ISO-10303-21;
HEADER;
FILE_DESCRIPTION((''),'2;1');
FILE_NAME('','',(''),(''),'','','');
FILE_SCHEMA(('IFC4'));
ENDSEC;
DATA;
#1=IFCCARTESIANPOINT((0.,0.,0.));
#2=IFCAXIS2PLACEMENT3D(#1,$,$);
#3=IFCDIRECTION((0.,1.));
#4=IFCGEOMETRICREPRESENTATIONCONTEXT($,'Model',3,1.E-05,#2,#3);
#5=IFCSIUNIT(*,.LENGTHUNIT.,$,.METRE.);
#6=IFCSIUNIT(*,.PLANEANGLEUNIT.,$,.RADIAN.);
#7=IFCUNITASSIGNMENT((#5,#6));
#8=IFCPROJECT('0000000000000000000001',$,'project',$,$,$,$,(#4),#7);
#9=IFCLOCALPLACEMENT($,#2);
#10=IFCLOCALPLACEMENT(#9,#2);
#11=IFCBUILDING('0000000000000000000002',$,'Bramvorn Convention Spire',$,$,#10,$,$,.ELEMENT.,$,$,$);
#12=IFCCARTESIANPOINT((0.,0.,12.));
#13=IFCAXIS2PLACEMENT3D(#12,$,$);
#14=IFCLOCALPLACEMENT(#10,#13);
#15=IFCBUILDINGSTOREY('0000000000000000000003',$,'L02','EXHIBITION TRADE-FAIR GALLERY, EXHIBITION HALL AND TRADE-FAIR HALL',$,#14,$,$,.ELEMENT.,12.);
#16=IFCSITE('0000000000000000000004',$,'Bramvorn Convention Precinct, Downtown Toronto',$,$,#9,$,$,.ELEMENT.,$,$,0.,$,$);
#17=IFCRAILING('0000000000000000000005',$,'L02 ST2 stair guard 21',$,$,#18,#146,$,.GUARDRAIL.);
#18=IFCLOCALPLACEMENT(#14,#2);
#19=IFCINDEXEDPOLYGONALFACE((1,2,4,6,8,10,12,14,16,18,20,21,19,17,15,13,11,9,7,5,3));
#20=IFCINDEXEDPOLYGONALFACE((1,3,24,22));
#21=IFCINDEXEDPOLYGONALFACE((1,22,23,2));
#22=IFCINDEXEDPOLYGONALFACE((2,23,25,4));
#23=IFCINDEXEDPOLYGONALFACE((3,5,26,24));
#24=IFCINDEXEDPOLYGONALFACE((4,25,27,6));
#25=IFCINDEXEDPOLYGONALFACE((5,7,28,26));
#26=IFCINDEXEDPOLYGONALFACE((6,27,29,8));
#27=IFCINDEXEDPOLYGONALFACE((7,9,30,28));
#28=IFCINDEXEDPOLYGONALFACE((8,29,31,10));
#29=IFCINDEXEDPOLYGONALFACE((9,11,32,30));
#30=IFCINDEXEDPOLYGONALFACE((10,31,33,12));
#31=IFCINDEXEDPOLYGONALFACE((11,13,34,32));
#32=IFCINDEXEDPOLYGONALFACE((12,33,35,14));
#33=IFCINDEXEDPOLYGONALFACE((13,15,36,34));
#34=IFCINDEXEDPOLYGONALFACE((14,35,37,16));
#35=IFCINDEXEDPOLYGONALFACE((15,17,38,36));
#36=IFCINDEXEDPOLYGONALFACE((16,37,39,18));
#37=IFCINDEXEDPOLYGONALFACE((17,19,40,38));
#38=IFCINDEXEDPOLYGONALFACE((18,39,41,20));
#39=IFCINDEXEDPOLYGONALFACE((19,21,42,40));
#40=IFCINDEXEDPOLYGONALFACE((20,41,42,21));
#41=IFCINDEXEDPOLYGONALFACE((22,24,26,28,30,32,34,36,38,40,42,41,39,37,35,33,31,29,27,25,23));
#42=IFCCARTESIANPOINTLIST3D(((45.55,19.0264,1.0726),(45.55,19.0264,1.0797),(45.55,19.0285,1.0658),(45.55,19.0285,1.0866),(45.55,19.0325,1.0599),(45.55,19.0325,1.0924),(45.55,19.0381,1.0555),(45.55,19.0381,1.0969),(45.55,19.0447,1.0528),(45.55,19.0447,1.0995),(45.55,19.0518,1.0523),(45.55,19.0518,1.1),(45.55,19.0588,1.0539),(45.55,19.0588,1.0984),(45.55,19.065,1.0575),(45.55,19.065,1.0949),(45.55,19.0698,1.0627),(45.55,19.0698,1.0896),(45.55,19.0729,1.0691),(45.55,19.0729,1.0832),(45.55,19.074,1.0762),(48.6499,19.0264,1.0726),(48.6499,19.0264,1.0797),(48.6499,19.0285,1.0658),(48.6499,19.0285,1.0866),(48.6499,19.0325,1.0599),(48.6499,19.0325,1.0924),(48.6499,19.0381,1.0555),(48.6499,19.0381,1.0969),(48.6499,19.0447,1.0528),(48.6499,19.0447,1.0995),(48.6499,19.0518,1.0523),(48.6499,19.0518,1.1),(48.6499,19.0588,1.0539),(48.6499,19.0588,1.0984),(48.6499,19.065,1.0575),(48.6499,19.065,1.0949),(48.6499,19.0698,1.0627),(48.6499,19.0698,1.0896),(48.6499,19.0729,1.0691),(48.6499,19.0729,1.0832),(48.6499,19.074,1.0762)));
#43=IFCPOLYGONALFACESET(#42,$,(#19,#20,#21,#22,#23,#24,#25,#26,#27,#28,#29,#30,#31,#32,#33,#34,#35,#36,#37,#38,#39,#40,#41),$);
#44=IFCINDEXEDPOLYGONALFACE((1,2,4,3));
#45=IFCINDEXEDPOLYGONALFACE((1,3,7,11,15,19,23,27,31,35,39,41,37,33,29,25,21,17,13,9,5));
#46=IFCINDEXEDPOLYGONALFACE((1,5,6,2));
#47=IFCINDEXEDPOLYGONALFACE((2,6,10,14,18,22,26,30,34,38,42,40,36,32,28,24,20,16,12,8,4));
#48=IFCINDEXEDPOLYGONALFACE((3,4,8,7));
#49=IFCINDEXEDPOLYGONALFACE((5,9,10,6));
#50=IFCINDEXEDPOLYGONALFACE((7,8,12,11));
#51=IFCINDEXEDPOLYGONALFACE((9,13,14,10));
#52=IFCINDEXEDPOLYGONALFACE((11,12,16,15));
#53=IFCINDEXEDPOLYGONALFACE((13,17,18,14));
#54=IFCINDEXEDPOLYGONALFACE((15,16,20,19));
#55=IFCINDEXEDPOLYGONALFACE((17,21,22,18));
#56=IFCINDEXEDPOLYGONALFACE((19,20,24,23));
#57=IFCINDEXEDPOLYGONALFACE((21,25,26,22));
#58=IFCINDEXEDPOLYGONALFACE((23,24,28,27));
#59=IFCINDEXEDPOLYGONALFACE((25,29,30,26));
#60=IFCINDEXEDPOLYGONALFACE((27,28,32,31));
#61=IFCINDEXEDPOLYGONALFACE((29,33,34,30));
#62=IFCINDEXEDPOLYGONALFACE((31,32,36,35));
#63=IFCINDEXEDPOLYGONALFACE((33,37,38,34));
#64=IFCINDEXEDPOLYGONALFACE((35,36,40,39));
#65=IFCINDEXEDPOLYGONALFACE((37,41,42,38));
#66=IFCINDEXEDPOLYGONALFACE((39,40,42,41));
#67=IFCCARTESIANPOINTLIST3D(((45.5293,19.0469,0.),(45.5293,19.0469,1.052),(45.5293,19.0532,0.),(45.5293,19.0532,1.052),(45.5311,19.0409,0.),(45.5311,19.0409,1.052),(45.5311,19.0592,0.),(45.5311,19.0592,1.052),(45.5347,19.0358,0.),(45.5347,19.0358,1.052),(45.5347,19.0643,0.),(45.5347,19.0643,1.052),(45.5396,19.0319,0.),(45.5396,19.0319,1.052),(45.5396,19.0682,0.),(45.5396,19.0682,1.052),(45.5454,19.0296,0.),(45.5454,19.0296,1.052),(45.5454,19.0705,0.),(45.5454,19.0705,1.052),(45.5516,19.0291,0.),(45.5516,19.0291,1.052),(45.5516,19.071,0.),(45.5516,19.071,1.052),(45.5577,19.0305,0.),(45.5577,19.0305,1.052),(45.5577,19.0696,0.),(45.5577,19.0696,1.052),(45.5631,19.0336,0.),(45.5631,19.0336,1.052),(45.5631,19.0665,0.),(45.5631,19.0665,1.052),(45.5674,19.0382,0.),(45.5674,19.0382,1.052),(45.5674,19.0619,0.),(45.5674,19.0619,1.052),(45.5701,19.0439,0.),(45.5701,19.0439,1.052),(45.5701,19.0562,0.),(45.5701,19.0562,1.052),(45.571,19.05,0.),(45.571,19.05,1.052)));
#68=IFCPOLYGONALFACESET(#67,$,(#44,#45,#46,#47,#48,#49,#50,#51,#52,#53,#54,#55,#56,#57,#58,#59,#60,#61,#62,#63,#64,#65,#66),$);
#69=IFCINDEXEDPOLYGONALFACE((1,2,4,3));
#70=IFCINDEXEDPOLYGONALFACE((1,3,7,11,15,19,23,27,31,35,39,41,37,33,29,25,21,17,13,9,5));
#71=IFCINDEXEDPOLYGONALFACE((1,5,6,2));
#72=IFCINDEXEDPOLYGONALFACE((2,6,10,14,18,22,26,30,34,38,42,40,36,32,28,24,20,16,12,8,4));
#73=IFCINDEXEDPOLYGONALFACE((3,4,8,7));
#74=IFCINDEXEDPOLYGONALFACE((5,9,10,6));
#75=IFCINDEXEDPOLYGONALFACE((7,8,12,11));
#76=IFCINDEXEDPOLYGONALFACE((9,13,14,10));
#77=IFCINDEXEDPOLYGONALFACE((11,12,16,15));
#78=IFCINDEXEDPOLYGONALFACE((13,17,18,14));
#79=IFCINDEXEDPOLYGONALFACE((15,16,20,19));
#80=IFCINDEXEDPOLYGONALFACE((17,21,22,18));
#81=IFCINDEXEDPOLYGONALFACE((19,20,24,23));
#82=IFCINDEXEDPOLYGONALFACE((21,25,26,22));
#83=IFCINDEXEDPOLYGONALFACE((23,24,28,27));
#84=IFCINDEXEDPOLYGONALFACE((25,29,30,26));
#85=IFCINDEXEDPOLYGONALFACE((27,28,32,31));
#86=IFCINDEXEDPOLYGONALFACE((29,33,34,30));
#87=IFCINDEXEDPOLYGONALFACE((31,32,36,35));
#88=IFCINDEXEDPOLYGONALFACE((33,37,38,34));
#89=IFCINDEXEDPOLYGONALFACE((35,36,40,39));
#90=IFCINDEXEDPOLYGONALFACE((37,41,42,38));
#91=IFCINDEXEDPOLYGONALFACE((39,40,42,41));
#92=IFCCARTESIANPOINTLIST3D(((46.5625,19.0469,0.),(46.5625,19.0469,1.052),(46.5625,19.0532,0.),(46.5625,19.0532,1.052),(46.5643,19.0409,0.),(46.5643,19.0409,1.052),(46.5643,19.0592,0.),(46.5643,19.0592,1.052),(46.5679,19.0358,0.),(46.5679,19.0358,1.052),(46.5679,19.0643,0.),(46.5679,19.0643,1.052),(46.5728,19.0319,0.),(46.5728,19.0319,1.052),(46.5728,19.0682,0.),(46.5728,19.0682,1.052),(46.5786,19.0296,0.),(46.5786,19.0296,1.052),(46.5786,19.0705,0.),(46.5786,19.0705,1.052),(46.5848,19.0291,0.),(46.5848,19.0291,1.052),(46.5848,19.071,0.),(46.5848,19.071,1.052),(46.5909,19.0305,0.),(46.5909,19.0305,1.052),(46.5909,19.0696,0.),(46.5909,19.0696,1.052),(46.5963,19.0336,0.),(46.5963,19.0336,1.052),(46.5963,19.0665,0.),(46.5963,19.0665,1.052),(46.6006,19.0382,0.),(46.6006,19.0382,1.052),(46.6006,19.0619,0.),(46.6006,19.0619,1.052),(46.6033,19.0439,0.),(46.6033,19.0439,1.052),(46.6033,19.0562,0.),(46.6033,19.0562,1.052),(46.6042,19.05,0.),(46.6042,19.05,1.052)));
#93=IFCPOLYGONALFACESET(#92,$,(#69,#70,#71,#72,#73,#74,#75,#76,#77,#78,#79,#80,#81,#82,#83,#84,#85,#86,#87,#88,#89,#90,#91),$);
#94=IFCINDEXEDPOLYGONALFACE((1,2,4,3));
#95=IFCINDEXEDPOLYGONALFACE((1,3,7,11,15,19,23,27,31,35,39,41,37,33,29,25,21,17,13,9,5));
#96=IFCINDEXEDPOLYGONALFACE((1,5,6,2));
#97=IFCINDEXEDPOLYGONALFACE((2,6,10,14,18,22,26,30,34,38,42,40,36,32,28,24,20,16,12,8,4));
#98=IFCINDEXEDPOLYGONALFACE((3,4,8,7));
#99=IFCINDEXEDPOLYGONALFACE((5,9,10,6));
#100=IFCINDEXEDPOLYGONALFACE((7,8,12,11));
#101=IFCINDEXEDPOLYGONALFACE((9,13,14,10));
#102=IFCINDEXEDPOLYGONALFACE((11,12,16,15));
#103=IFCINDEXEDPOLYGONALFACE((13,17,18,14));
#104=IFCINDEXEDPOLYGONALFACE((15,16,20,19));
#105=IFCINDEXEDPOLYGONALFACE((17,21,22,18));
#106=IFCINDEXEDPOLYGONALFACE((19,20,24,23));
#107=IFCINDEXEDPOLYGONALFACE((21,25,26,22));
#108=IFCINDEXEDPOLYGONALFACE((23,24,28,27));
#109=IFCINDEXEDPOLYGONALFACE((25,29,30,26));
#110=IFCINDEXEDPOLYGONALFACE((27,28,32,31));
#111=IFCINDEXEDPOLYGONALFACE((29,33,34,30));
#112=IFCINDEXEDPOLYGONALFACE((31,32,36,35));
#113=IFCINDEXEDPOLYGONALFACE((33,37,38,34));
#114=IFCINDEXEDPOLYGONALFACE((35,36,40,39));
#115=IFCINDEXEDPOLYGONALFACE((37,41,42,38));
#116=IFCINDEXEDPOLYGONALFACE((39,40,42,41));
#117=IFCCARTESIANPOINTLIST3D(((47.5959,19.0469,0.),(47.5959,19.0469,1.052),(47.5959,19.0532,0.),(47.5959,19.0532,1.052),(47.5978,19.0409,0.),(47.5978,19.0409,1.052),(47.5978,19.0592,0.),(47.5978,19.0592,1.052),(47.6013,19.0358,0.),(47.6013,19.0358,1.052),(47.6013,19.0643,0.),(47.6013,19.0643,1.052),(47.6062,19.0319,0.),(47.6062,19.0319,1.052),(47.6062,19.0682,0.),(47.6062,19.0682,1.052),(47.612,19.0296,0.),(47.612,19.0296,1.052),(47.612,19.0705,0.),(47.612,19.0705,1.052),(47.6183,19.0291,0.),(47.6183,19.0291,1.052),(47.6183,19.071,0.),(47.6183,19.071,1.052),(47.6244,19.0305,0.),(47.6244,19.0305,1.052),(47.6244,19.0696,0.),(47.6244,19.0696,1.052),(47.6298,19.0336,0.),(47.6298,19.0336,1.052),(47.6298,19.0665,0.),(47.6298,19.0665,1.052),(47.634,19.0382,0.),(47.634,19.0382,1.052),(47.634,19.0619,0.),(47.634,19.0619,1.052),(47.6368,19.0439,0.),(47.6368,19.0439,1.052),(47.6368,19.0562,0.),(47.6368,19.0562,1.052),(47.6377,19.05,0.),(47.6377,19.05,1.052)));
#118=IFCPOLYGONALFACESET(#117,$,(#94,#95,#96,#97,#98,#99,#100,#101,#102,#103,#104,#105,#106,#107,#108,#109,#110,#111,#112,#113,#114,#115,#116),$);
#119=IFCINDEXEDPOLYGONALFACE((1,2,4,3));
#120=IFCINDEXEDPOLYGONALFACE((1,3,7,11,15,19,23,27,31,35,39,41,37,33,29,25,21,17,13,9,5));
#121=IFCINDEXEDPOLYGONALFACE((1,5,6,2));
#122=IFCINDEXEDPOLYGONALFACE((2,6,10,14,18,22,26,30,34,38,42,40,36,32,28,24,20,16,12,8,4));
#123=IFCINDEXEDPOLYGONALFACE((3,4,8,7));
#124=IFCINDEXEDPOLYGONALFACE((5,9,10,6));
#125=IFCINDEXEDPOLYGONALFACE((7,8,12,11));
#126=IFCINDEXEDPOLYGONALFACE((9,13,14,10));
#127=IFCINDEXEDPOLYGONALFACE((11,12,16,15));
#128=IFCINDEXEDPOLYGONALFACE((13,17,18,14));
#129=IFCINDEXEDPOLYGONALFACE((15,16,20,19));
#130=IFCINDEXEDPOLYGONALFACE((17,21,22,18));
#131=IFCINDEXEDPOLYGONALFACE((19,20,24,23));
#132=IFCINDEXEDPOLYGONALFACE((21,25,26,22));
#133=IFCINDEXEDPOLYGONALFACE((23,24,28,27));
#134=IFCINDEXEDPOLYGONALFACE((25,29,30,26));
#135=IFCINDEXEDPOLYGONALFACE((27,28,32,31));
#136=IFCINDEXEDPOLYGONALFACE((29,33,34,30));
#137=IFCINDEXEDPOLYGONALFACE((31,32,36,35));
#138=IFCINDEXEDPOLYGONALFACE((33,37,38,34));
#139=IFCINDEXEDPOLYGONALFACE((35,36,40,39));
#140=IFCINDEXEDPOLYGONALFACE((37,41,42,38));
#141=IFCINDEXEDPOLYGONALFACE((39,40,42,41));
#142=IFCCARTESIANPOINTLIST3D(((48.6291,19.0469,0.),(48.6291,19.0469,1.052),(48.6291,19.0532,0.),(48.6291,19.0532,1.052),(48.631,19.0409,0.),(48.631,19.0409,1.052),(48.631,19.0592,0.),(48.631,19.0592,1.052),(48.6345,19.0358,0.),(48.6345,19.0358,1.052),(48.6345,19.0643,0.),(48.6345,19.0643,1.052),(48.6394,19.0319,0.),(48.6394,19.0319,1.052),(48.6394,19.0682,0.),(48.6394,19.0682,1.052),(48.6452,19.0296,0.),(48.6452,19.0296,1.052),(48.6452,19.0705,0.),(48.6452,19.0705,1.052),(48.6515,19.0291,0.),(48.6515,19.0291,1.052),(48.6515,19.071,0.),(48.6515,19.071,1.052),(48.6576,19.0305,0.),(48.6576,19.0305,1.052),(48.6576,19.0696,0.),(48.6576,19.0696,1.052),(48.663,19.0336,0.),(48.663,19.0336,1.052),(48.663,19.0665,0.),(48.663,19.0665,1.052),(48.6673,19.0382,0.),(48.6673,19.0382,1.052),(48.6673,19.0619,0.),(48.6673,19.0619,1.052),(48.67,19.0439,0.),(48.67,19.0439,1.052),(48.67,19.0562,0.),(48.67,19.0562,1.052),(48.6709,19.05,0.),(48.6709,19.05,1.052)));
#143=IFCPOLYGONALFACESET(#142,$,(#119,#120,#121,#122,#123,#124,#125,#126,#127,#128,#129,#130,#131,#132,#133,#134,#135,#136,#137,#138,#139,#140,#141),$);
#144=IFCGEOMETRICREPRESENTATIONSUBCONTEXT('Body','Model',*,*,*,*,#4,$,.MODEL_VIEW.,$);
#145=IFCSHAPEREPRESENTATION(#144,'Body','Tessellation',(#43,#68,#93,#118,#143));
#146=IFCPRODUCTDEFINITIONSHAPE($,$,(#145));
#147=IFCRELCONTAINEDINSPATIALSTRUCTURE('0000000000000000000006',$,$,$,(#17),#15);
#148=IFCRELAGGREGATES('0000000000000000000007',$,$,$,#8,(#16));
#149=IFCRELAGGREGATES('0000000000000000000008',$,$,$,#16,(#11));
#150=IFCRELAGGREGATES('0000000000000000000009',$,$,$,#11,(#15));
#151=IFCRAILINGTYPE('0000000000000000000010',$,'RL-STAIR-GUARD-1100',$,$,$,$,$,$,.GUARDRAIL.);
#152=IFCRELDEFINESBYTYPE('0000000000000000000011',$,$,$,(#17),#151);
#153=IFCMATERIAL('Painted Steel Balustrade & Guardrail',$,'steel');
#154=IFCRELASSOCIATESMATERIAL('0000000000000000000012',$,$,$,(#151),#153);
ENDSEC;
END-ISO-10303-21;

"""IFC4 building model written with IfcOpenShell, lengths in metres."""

from ifc_helpers import new_model, si_unit, direction, frame, origin, origin_2d, place, context, subcontext, project, spatial, circle, extrude, material, type_object, element, save


model = new_model("IFC4")

# Units and contexts
model_context = context("Model", 3, precision=1e-05, world=origin(), true_north=direction((0.0, 1.0)))
body_context = subcontext(model_context, "Body", "Model", "MODEL_VIEW")
ifc_project = project(units=[si_unit("LENGTHUNIT", "METRE"), si_unit("PLANEANGLEUNIT", "RADIAN")], contexts=[model_context])

# Site, building, storey
site_placement = place(None, origin())
site = spatial("IfcSite", under=ifc_project, at=site_placement, Name="Bramvorn Convention Precinct, Downtown Toronto", CompositionType="ELEMENT", RefElevation=0.0)
building_placement = place(site_placement, origin())
building = spatial("IfcBuilding", under=site, at=building_placement, Name="Bramvorn Convention Spire", CompositionType="ELEMENT")
storey_placement = place(building_placement, frame((0.0, 0.0, 12.0)))
storey = spatial("IfcBuildingStorey", under=building, at=storey_placement, Name="L02", Description="EXHIBITION TRADE-FAIR GALLERY, EXHIBITION HALL AND TRADE-FAIR HALL", CompositionType="ELEMENT", Elevation=12.0)

# Railing
ifc_material_1 = material(Name="Painted Steel Balustrade & Guardrail", Category="steel")
railing_type = type_object("IfcRailingType", Name="RL-STAIR-GUARD-1100", PredefinedType="GUARDRAIL", material=ifc_material_1)
railing_placement = place(storey_placement, frame((45.55, 19.05, 0.0)))
element("IfcRailing", 1, at=railing_placement, inside=storey, type_object=railing_type, Name="L02 ST2 stair guard 21", PredefinedType="GUARDRAIL", context=body_context, shape_type="SweptSolid", body=[
    extrude(circle(Radius=0.0239, at=origin_2d()), frame((0.0, 0.0, 1.0762), z_axis=(1.0, 0.0, 0.0), x_axis=(0.0, 1.0, 0.0)), (0.0, 0.0, 1.0), 3.0999),
    extrude(circle(Radius=0.021, at=origin_2d()), origin(), (0.0, 0.0, 1.0), 1.052),
    extrude(circle(Radius=0.021, at=origin_2d()), frame((1.0332, 0.0, 0.0)), (0.0, 0.0, 1.0), 1.052),
    extrude(circle(Radius=0.021, at=origin_2d()), frame((2.0667, 0.0, 0.0)), (0.0, 0.0, 1.0), 1.052),
    extrude(circle(Radius=0.021, at=origin_2d()), frame((3.0999, 0.0, 0.0)), (0.0, 0.0, 1.0), 1.052),
])

save(model, "model.ifc")
